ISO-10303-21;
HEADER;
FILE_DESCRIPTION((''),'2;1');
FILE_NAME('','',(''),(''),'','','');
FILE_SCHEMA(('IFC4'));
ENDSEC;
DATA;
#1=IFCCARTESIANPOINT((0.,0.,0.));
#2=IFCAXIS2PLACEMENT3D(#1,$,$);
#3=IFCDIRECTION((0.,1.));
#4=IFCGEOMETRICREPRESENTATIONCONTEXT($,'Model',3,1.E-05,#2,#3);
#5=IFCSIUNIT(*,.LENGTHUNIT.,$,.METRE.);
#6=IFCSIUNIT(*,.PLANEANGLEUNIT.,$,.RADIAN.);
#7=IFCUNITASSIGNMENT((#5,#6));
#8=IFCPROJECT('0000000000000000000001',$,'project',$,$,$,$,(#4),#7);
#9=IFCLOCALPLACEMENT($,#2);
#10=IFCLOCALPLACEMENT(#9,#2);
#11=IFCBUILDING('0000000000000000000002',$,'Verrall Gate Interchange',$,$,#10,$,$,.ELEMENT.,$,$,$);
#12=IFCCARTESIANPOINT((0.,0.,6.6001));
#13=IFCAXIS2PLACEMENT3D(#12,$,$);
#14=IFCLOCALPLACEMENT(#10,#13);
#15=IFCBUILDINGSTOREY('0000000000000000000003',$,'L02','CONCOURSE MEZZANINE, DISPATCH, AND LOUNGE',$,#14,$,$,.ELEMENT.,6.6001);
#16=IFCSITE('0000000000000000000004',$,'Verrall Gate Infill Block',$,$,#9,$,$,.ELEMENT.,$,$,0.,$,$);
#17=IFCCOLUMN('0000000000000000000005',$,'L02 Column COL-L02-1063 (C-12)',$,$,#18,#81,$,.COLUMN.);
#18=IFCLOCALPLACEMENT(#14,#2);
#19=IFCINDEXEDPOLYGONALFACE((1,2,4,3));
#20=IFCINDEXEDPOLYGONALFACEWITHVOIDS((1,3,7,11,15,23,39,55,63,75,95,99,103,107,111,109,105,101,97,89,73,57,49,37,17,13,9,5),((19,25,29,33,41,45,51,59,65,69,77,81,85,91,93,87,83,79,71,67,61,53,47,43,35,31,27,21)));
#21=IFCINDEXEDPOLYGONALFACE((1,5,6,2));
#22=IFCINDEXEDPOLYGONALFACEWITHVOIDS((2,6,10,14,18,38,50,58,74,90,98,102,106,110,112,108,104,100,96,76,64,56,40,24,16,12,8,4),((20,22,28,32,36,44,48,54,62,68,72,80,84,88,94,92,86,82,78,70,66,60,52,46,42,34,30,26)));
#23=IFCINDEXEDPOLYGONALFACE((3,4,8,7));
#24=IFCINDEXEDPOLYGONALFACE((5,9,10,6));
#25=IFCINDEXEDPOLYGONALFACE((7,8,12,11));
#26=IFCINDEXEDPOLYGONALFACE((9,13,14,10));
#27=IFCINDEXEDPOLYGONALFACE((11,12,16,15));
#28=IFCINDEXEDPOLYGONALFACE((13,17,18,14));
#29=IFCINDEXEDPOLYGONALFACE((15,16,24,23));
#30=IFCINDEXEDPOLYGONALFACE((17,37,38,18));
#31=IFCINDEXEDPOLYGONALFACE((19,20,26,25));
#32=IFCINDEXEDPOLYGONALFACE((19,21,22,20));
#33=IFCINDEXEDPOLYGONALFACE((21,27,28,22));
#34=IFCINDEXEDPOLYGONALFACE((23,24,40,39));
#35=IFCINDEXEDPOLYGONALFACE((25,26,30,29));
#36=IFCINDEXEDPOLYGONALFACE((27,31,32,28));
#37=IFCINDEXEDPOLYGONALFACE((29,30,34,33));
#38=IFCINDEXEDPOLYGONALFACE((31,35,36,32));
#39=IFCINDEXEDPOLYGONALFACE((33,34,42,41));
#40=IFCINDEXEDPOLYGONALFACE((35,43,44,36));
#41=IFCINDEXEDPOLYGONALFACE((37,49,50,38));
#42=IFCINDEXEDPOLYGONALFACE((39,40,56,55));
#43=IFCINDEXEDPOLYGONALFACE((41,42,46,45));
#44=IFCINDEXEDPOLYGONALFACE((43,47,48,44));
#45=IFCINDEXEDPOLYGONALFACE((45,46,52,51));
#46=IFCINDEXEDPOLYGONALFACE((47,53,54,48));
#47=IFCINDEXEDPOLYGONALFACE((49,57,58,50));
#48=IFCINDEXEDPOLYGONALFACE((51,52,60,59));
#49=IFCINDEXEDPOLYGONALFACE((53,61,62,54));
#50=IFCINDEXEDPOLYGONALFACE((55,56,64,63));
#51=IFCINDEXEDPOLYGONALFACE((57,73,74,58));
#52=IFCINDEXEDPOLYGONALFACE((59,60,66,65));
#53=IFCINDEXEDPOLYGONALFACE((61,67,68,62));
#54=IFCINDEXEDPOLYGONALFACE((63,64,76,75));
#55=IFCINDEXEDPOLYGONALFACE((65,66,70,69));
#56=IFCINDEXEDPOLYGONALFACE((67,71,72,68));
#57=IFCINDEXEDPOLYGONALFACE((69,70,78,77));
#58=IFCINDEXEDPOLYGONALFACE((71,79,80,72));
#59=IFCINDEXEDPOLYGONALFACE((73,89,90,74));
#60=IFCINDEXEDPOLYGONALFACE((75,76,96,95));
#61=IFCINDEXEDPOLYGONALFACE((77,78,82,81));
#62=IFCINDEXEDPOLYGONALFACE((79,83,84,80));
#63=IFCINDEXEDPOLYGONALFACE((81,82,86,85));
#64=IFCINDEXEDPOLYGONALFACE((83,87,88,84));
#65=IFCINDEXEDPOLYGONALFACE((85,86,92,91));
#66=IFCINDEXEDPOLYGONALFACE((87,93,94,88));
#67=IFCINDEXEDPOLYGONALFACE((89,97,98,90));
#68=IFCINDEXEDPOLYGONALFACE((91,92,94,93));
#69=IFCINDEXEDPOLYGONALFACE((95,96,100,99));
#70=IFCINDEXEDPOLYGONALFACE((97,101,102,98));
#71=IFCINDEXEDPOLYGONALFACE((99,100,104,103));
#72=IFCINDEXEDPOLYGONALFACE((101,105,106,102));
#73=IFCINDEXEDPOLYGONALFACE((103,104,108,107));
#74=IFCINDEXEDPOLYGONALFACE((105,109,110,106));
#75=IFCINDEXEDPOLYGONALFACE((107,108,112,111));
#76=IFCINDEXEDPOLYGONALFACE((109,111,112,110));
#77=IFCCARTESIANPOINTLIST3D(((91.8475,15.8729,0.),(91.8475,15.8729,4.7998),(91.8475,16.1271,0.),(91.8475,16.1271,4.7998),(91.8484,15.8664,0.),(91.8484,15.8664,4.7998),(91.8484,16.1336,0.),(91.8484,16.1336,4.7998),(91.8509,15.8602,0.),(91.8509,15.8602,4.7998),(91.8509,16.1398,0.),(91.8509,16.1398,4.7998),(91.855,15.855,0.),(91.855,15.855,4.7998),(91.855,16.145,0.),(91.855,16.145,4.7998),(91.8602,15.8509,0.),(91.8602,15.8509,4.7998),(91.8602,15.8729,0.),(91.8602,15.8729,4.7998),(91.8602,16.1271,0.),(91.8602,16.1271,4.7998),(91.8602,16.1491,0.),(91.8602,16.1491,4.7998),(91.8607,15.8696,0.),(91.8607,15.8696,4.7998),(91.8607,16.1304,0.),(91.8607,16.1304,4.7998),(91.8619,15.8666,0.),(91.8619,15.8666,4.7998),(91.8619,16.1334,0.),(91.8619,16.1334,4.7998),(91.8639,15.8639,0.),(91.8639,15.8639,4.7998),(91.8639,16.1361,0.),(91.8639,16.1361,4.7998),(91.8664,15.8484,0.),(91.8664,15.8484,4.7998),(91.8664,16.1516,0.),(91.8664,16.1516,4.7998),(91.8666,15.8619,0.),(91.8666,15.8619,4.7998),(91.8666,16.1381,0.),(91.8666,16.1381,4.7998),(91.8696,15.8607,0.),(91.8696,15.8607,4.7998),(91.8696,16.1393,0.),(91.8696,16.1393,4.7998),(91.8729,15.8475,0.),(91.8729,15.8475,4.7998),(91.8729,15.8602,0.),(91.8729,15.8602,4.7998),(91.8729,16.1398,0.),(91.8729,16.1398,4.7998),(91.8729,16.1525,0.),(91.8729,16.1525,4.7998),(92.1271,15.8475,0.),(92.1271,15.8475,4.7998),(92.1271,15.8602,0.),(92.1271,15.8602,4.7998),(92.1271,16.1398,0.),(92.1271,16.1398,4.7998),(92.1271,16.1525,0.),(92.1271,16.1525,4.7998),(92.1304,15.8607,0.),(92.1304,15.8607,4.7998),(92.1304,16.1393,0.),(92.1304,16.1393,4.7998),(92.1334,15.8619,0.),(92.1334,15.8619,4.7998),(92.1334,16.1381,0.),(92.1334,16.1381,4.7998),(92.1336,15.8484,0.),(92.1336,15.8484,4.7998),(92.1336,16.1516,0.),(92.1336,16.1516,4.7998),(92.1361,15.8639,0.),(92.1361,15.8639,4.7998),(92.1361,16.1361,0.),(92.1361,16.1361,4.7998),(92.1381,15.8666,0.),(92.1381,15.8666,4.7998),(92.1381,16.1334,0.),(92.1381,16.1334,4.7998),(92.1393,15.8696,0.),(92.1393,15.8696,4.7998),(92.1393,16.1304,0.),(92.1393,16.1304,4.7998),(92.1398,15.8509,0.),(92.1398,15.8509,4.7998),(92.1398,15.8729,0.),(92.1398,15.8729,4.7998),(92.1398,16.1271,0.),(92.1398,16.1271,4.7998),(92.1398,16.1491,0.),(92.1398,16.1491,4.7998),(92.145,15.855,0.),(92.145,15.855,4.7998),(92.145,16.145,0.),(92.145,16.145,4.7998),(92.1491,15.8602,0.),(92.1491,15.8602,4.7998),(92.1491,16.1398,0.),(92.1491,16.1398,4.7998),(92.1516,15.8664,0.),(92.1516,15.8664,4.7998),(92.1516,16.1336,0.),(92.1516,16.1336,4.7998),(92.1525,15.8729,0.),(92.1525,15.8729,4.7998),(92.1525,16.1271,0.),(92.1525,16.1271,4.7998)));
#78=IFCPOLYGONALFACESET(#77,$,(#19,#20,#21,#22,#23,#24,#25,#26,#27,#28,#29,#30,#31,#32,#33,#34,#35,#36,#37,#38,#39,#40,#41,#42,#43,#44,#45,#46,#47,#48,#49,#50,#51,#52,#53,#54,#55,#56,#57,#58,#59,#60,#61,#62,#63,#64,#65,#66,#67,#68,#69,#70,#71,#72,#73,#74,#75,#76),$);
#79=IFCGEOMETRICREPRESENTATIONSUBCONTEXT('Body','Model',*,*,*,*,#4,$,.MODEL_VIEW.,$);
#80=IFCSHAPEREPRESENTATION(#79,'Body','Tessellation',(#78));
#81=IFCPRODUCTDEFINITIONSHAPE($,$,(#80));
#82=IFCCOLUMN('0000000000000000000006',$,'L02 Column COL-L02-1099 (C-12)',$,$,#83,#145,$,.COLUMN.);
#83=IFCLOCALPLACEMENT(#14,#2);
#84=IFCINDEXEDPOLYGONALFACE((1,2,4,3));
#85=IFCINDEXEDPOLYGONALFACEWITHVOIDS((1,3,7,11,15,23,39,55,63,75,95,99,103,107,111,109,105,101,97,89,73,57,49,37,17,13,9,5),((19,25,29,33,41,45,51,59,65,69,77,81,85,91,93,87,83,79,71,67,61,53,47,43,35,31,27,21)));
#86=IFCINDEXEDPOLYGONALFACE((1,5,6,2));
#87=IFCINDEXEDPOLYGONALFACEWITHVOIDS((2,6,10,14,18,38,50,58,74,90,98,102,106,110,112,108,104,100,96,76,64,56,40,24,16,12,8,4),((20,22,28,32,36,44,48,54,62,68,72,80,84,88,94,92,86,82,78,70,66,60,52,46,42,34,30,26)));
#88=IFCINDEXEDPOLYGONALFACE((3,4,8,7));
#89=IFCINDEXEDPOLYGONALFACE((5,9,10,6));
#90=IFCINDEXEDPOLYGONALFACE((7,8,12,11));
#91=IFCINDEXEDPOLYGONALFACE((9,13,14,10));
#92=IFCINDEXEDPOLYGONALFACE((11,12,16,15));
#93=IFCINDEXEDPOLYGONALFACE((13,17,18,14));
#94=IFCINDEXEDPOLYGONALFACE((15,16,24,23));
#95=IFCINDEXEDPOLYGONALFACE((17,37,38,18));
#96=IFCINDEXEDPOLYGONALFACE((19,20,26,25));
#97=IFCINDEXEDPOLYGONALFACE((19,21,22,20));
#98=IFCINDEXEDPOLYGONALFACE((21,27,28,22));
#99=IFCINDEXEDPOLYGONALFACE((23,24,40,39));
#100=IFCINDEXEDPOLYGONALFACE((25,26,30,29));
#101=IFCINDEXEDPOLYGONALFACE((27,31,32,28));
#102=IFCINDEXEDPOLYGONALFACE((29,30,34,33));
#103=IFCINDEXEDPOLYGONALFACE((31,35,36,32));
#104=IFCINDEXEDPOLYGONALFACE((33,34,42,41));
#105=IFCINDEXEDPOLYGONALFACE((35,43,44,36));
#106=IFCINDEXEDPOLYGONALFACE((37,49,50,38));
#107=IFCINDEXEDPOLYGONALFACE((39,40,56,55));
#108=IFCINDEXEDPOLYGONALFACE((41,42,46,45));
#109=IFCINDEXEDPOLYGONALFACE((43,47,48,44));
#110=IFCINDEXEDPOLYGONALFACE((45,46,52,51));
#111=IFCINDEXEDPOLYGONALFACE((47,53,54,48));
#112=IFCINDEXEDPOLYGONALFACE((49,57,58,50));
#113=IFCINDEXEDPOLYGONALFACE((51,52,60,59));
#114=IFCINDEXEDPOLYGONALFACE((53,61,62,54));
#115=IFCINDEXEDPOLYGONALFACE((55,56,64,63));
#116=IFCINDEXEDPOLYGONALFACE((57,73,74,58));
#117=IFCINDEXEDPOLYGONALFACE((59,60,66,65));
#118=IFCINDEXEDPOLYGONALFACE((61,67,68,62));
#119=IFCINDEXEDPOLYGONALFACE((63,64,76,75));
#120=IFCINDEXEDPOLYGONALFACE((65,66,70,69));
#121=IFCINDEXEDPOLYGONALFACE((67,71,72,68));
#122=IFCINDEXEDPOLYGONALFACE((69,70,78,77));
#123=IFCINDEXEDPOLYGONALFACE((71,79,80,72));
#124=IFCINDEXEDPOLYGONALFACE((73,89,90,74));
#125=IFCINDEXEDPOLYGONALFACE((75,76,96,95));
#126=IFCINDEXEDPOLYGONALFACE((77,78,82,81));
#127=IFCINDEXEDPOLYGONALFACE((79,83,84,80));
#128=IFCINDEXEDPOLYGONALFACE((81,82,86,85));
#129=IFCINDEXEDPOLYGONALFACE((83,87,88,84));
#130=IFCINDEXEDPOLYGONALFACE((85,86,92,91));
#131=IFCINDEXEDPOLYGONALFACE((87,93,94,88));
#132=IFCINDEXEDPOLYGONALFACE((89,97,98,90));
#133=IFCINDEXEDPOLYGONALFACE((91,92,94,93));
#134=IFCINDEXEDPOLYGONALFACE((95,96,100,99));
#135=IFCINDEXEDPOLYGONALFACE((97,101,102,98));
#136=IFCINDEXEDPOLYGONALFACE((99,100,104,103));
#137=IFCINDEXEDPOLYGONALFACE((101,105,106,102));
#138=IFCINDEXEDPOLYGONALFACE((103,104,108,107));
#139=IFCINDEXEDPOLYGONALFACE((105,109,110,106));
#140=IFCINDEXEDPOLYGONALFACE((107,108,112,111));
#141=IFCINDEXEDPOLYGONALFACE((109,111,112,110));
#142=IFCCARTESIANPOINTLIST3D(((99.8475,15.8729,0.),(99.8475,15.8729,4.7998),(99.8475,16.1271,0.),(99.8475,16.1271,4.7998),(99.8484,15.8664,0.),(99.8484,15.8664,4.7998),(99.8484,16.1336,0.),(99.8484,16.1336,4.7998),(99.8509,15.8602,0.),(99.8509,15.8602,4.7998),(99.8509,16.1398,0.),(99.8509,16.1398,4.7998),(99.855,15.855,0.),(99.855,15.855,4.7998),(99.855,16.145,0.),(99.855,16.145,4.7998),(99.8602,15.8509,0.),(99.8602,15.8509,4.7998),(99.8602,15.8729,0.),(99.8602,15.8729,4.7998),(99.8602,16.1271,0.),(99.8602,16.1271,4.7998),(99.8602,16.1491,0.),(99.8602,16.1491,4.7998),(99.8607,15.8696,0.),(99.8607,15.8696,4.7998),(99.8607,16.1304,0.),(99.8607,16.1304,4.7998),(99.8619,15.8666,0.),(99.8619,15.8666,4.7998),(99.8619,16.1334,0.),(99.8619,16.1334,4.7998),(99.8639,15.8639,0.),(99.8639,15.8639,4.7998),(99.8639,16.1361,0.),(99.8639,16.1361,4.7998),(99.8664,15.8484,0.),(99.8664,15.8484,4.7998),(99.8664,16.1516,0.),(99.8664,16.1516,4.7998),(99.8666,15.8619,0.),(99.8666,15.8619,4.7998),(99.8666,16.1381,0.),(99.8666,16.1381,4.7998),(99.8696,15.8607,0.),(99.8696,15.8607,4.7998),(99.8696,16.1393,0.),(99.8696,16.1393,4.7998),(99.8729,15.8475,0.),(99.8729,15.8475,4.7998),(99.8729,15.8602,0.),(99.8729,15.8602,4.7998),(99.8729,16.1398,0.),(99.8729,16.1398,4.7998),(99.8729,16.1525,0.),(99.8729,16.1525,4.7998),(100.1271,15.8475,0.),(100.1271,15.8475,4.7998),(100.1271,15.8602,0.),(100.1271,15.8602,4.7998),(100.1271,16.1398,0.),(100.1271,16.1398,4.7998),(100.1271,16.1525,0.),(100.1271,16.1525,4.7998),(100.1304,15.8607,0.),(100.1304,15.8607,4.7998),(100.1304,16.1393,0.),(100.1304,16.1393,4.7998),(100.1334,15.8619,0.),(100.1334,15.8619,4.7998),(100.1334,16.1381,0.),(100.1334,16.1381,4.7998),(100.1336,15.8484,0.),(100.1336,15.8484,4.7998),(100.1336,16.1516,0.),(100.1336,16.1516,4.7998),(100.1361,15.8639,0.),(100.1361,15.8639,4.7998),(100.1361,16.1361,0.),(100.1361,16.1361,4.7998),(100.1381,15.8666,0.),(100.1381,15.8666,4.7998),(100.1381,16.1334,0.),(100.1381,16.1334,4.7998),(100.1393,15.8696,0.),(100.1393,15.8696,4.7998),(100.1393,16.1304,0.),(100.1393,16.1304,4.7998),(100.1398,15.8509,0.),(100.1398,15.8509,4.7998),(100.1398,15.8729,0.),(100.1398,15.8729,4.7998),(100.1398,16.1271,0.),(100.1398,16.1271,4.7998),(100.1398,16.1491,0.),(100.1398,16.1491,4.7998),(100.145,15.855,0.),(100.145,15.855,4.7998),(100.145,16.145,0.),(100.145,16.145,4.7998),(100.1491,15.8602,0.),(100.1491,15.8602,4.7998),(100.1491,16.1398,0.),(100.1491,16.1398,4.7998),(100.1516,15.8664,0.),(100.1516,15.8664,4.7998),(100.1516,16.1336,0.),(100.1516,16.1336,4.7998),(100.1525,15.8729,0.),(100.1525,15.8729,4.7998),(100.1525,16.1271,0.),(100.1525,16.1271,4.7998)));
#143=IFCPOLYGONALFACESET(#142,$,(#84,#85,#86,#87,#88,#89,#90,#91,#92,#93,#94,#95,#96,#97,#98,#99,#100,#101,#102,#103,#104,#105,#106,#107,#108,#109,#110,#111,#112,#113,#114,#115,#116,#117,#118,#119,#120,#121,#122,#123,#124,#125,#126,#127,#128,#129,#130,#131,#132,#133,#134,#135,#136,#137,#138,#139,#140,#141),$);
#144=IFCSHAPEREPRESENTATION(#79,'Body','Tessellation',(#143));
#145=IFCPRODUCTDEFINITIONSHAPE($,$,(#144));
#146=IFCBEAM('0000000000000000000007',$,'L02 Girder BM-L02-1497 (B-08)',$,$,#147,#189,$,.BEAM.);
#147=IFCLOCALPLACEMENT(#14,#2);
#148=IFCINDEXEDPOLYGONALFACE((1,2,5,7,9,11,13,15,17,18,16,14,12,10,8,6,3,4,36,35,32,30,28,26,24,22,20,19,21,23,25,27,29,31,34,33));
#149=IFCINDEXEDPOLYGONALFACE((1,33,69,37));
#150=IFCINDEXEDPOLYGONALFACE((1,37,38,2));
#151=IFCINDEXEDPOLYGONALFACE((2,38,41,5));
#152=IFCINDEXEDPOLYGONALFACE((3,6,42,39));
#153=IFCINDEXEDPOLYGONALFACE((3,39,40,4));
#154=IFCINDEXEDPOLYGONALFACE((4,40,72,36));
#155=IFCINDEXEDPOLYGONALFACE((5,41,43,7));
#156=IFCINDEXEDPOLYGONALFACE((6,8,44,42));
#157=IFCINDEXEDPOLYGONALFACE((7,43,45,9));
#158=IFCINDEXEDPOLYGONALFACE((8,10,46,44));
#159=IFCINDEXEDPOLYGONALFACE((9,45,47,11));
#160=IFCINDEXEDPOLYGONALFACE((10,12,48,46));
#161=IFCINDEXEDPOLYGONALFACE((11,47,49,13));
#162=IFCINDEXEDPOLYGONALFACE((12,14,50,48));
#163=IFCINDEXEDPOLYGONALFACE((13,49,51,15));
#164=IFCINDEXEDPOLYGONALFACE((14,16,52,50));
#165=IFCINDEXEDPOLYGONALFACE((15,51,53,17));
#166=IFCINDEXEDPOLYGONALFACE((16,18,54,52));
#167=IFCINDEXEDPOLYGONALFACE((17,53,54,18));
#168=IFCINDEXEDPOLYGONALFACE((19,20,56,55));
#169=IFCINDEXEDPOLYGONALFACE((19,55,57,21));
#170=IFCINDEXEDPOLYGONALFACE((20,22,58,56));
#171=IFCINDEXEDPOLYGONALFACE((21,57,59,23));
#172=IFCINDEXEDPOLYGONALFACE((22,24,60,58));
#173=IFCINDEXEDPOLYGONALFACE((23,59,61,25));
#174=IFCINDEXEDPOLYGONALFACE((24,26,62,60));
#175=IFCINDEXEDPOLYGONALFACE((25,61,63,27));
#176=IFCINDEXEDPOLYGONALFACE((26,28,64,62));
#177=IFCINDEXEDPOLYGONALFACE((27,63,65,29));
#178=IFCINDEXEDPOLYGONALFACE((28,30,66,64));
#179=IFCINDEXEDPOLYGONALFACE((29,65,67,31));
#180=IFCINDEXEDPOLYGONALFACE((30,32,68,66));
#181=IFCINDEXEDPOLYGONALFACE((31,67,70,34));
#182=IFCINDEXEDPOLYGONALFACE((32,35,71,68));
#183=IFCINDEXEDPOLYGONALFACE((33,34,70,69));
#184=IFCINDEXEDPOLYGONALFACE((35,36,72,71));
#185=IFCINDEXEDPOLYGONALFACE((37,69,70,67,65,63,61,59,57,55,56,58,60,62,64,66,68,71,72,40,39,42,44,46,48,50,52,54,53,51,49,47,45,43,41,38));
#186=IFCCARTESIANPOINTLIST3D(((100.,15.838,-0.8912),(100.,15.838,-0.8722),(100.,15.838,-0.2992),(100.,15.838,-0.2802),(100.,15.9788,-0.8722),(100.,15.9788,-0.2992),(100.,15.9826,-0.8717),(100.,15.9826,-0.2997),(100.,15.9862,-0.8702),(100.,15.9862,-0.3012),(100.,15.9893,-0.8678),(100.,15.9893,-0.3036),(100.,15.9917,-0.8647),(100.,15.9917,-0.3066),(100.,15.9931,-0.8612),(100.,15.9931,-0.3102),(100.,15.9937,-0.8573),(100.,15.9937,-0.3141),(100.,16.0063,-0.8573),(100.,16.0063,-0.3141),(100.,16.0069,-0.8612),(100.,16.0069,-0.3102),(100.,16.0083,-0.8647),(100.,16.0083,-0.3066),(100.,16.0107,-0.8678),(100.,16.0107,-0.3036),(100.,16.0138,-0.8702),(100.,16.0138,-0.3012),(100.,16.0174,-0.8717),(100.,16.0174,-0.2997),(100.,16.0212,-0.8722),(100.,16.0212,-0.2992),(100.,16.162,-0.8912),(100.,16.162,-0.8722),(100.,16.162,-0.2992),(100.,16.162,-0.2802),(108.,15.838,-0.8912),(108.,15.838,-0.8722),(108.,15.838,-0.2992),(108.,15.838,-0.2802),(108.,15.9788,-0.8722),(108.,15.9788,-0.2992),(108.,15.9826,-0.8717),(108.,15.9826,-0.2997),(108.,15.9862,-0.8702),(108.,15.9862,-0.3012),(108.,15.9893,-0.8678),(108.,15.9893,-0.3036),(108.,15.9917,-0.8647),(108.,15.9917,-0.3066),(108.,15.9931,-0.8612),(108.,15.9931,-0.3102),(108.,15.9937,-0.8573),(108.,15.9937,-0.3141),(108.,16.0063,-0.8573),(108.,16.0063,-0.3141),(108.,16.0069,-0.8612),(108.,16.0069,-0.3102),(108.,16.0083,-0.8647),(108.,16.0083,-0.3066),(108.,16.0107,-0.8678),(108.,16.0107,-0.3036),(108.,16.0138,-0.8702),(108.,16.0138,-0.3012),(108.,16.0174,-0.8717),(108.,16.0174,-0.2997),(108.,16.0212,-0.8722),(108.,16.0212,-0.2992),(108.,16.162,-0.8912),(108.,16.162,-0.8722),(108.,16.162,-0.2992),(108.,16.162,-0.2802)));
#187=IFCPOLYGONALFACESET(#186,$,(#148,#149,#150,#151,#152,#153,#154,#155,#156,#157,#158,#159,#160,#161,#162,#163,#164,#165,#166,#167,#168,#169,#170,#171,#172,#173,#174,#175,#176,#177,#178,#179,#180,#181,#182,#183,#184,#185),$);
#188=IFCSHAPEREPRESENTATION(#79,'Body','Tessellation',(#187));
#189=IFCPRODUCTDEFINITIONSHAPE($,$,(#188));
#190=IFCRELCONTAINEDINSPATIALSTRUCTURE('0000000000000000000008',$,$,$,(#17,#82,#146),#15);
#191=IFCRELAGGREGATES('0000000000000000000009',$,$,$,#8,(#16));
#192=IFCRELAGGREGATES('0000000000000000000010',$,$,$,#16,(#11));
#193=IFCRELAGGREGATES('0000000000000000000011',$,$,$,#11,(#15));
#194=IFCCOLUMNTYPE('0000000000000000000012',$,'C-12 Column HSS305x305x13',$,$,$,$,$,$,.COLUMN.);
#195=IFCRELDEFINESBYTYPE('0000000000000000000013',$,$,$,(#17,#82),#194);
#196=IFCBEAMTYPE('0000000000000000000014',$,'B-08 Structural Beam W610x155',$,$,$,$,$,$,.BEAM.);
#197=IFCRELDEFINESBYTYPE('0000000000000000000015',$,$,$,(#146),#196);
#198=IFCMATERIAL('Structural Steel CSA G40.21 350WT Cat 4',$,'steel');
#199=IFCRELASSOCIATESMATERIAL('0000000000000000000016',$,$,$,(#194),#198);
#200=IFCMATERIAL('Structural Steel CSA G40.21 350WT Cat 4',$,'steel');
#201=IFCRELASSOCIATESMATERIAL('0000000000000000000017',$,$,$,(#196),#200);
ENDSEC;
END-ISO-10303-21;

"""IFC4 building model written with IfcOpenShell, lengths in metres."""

from ifc_helpers import new_model, si_unit, direction, frame, origin, origin_2d, place, context, subcontext, project, spatial, hollow_rectangle, i_section, extrude, material, material_profile, profile_set, type_object, element, save


model = new_model("IFC4")

# Units and contexts
model_context = context("Model", 3, precision=1e-05, world=origin(), true_north=direction((0.0, 1.0)))
body_context = subcontext(model_context, "Body", "Model", "MODEL_VIEW")
ifc_project = project(units=[si_unit("LENGTHUNIT", "METRE"), si_unit("PLANEANGLEUNIT", "RADIAN")], contexts=[model_context])

# Site, building, storey
site_placement = place(None, origin())
site = spatial("IfcSite", under=ifc_project, at=site_placement, Name="Verrall Gate Infill Block", CompositionType="ELEMENT", RefElevation=0.0)
building_placement = place(site_placement, origin())
building = spatial("IfcBuilding", under=site, at=building_placement, Name="Verrall Gate Interchange", CompositionType="ELEMENT")
storey_placement = place(building_placement, frame((0.0, 0.0, 6.6001)))
storey = spatial("IfcBuildingStorey", under=building, at=storey_placement, Name="L02", Description="CONCOURSE MEZZANINE, DISPATCH, AND LOUNGE", CompositionType="ELEMENT", Elevation=6.6001)

# Columns
ifc_material_1 = material(Name="Structural Steel CSA G40.21 350WT Cat 4", Category="steel")
ifc_material_profile_1 = material_profile(ifc_material_1, hollow_rectangle(XDim=0.3049, YDim=0.3049, WallThickness=0.0127, InnerFilletRadius=0.0127, OuterFilletRadius=0.0254, at=origin_2d()), Name="HSS305x305x13")
ifc_profile_set_1 = profile_set([ifc_material_profile_1], Name="Structural Steel CSA G40.21 350WT Cat 4")
column_type = type_object("IfcColumnType", Name="C-12 Column HSS305x305x13", PredefinedType="COLUMN", material=ifc_profile_set_1)
for number, where, z_axis, x_axis, name in (
    (1, (92.0, 16.0, 0.0), (0.0, 0.0, 1.0), (1.0, 0.0, 0.0), "L02 Column COL-L02-1063 (C-12)"),
    (2, (100.0, 16.0, 0.0), (0.0, 0.0, 1.0), (1.0, 0.0, 0.0), "L02 Column COL-L02-1099 (C-12)"),
):
    element("IfcColumn", number, at=place(storey_placement, frame(where, z_axis=z_axis, x_axis=x_axis)), inside=storey, type_object=column_type, Name=name, PredefinedType="COLUMN", context=body_context, shape_type="SweptSolid", body=[
        extrude(hollow_rectangle(XDim=0.3049, YDim=0.3049, WallThickness=0.0127, InnerFilletRadius=0.0127, OuterFilletRadius=0.0254, at=origin_2d()), origin(), (0.0, 0.0, 1.0), 4.7998),
    ])

# Beam
ifc_material_2 = material(Name="Structural Steel CSA G40.21 350WT Cat 4", Category="steel")
ifc_material_profile_2 = material_profile(ifc_material_2, i_section(OverallWidth=0.324, OverallDepth=0.6111, WebThickness=0.0127, FlangeThickness=0.019, FilletRadius=0.0149, at=origin_2d()), Name="W610x155")
ifc_profile_set_2 = profile_set([ifc_material_profile_2], Name="Structural Steel CSA G40.21 350WT Cat 4")
beam_type = type_object("IfcBeamType", Name="B-08 Structural Beam W610x155", PredefinedType="BEAM", material=ifc_profile_set_2)
beam_placement = place(storey_placement, frame((100.0, 16.0, -0.5857), z_axis=(1.0, 0.0, 0.0), x_axis=(0.0, 1.0, 0.0)))
element("IfcBeam", 3, at=beam_placement, inside=storey, type_object=beam_type, Name="L02 Girder BM-L02-1497 (B-08)", PredefinedType="BEAM", context=body_context, shape_type="SweptSolid", body=[
    extrude(i_section(OverallWidth=0.324, OverallDepth=0.6111, WebThickness=0.0127, FlangeThickness=0.019, FilletRadius=0.0149, at=origin_2d()), origin(), (0.0, 0.0, 1.0), 8.0),
])

save(model, "model.ifc")
